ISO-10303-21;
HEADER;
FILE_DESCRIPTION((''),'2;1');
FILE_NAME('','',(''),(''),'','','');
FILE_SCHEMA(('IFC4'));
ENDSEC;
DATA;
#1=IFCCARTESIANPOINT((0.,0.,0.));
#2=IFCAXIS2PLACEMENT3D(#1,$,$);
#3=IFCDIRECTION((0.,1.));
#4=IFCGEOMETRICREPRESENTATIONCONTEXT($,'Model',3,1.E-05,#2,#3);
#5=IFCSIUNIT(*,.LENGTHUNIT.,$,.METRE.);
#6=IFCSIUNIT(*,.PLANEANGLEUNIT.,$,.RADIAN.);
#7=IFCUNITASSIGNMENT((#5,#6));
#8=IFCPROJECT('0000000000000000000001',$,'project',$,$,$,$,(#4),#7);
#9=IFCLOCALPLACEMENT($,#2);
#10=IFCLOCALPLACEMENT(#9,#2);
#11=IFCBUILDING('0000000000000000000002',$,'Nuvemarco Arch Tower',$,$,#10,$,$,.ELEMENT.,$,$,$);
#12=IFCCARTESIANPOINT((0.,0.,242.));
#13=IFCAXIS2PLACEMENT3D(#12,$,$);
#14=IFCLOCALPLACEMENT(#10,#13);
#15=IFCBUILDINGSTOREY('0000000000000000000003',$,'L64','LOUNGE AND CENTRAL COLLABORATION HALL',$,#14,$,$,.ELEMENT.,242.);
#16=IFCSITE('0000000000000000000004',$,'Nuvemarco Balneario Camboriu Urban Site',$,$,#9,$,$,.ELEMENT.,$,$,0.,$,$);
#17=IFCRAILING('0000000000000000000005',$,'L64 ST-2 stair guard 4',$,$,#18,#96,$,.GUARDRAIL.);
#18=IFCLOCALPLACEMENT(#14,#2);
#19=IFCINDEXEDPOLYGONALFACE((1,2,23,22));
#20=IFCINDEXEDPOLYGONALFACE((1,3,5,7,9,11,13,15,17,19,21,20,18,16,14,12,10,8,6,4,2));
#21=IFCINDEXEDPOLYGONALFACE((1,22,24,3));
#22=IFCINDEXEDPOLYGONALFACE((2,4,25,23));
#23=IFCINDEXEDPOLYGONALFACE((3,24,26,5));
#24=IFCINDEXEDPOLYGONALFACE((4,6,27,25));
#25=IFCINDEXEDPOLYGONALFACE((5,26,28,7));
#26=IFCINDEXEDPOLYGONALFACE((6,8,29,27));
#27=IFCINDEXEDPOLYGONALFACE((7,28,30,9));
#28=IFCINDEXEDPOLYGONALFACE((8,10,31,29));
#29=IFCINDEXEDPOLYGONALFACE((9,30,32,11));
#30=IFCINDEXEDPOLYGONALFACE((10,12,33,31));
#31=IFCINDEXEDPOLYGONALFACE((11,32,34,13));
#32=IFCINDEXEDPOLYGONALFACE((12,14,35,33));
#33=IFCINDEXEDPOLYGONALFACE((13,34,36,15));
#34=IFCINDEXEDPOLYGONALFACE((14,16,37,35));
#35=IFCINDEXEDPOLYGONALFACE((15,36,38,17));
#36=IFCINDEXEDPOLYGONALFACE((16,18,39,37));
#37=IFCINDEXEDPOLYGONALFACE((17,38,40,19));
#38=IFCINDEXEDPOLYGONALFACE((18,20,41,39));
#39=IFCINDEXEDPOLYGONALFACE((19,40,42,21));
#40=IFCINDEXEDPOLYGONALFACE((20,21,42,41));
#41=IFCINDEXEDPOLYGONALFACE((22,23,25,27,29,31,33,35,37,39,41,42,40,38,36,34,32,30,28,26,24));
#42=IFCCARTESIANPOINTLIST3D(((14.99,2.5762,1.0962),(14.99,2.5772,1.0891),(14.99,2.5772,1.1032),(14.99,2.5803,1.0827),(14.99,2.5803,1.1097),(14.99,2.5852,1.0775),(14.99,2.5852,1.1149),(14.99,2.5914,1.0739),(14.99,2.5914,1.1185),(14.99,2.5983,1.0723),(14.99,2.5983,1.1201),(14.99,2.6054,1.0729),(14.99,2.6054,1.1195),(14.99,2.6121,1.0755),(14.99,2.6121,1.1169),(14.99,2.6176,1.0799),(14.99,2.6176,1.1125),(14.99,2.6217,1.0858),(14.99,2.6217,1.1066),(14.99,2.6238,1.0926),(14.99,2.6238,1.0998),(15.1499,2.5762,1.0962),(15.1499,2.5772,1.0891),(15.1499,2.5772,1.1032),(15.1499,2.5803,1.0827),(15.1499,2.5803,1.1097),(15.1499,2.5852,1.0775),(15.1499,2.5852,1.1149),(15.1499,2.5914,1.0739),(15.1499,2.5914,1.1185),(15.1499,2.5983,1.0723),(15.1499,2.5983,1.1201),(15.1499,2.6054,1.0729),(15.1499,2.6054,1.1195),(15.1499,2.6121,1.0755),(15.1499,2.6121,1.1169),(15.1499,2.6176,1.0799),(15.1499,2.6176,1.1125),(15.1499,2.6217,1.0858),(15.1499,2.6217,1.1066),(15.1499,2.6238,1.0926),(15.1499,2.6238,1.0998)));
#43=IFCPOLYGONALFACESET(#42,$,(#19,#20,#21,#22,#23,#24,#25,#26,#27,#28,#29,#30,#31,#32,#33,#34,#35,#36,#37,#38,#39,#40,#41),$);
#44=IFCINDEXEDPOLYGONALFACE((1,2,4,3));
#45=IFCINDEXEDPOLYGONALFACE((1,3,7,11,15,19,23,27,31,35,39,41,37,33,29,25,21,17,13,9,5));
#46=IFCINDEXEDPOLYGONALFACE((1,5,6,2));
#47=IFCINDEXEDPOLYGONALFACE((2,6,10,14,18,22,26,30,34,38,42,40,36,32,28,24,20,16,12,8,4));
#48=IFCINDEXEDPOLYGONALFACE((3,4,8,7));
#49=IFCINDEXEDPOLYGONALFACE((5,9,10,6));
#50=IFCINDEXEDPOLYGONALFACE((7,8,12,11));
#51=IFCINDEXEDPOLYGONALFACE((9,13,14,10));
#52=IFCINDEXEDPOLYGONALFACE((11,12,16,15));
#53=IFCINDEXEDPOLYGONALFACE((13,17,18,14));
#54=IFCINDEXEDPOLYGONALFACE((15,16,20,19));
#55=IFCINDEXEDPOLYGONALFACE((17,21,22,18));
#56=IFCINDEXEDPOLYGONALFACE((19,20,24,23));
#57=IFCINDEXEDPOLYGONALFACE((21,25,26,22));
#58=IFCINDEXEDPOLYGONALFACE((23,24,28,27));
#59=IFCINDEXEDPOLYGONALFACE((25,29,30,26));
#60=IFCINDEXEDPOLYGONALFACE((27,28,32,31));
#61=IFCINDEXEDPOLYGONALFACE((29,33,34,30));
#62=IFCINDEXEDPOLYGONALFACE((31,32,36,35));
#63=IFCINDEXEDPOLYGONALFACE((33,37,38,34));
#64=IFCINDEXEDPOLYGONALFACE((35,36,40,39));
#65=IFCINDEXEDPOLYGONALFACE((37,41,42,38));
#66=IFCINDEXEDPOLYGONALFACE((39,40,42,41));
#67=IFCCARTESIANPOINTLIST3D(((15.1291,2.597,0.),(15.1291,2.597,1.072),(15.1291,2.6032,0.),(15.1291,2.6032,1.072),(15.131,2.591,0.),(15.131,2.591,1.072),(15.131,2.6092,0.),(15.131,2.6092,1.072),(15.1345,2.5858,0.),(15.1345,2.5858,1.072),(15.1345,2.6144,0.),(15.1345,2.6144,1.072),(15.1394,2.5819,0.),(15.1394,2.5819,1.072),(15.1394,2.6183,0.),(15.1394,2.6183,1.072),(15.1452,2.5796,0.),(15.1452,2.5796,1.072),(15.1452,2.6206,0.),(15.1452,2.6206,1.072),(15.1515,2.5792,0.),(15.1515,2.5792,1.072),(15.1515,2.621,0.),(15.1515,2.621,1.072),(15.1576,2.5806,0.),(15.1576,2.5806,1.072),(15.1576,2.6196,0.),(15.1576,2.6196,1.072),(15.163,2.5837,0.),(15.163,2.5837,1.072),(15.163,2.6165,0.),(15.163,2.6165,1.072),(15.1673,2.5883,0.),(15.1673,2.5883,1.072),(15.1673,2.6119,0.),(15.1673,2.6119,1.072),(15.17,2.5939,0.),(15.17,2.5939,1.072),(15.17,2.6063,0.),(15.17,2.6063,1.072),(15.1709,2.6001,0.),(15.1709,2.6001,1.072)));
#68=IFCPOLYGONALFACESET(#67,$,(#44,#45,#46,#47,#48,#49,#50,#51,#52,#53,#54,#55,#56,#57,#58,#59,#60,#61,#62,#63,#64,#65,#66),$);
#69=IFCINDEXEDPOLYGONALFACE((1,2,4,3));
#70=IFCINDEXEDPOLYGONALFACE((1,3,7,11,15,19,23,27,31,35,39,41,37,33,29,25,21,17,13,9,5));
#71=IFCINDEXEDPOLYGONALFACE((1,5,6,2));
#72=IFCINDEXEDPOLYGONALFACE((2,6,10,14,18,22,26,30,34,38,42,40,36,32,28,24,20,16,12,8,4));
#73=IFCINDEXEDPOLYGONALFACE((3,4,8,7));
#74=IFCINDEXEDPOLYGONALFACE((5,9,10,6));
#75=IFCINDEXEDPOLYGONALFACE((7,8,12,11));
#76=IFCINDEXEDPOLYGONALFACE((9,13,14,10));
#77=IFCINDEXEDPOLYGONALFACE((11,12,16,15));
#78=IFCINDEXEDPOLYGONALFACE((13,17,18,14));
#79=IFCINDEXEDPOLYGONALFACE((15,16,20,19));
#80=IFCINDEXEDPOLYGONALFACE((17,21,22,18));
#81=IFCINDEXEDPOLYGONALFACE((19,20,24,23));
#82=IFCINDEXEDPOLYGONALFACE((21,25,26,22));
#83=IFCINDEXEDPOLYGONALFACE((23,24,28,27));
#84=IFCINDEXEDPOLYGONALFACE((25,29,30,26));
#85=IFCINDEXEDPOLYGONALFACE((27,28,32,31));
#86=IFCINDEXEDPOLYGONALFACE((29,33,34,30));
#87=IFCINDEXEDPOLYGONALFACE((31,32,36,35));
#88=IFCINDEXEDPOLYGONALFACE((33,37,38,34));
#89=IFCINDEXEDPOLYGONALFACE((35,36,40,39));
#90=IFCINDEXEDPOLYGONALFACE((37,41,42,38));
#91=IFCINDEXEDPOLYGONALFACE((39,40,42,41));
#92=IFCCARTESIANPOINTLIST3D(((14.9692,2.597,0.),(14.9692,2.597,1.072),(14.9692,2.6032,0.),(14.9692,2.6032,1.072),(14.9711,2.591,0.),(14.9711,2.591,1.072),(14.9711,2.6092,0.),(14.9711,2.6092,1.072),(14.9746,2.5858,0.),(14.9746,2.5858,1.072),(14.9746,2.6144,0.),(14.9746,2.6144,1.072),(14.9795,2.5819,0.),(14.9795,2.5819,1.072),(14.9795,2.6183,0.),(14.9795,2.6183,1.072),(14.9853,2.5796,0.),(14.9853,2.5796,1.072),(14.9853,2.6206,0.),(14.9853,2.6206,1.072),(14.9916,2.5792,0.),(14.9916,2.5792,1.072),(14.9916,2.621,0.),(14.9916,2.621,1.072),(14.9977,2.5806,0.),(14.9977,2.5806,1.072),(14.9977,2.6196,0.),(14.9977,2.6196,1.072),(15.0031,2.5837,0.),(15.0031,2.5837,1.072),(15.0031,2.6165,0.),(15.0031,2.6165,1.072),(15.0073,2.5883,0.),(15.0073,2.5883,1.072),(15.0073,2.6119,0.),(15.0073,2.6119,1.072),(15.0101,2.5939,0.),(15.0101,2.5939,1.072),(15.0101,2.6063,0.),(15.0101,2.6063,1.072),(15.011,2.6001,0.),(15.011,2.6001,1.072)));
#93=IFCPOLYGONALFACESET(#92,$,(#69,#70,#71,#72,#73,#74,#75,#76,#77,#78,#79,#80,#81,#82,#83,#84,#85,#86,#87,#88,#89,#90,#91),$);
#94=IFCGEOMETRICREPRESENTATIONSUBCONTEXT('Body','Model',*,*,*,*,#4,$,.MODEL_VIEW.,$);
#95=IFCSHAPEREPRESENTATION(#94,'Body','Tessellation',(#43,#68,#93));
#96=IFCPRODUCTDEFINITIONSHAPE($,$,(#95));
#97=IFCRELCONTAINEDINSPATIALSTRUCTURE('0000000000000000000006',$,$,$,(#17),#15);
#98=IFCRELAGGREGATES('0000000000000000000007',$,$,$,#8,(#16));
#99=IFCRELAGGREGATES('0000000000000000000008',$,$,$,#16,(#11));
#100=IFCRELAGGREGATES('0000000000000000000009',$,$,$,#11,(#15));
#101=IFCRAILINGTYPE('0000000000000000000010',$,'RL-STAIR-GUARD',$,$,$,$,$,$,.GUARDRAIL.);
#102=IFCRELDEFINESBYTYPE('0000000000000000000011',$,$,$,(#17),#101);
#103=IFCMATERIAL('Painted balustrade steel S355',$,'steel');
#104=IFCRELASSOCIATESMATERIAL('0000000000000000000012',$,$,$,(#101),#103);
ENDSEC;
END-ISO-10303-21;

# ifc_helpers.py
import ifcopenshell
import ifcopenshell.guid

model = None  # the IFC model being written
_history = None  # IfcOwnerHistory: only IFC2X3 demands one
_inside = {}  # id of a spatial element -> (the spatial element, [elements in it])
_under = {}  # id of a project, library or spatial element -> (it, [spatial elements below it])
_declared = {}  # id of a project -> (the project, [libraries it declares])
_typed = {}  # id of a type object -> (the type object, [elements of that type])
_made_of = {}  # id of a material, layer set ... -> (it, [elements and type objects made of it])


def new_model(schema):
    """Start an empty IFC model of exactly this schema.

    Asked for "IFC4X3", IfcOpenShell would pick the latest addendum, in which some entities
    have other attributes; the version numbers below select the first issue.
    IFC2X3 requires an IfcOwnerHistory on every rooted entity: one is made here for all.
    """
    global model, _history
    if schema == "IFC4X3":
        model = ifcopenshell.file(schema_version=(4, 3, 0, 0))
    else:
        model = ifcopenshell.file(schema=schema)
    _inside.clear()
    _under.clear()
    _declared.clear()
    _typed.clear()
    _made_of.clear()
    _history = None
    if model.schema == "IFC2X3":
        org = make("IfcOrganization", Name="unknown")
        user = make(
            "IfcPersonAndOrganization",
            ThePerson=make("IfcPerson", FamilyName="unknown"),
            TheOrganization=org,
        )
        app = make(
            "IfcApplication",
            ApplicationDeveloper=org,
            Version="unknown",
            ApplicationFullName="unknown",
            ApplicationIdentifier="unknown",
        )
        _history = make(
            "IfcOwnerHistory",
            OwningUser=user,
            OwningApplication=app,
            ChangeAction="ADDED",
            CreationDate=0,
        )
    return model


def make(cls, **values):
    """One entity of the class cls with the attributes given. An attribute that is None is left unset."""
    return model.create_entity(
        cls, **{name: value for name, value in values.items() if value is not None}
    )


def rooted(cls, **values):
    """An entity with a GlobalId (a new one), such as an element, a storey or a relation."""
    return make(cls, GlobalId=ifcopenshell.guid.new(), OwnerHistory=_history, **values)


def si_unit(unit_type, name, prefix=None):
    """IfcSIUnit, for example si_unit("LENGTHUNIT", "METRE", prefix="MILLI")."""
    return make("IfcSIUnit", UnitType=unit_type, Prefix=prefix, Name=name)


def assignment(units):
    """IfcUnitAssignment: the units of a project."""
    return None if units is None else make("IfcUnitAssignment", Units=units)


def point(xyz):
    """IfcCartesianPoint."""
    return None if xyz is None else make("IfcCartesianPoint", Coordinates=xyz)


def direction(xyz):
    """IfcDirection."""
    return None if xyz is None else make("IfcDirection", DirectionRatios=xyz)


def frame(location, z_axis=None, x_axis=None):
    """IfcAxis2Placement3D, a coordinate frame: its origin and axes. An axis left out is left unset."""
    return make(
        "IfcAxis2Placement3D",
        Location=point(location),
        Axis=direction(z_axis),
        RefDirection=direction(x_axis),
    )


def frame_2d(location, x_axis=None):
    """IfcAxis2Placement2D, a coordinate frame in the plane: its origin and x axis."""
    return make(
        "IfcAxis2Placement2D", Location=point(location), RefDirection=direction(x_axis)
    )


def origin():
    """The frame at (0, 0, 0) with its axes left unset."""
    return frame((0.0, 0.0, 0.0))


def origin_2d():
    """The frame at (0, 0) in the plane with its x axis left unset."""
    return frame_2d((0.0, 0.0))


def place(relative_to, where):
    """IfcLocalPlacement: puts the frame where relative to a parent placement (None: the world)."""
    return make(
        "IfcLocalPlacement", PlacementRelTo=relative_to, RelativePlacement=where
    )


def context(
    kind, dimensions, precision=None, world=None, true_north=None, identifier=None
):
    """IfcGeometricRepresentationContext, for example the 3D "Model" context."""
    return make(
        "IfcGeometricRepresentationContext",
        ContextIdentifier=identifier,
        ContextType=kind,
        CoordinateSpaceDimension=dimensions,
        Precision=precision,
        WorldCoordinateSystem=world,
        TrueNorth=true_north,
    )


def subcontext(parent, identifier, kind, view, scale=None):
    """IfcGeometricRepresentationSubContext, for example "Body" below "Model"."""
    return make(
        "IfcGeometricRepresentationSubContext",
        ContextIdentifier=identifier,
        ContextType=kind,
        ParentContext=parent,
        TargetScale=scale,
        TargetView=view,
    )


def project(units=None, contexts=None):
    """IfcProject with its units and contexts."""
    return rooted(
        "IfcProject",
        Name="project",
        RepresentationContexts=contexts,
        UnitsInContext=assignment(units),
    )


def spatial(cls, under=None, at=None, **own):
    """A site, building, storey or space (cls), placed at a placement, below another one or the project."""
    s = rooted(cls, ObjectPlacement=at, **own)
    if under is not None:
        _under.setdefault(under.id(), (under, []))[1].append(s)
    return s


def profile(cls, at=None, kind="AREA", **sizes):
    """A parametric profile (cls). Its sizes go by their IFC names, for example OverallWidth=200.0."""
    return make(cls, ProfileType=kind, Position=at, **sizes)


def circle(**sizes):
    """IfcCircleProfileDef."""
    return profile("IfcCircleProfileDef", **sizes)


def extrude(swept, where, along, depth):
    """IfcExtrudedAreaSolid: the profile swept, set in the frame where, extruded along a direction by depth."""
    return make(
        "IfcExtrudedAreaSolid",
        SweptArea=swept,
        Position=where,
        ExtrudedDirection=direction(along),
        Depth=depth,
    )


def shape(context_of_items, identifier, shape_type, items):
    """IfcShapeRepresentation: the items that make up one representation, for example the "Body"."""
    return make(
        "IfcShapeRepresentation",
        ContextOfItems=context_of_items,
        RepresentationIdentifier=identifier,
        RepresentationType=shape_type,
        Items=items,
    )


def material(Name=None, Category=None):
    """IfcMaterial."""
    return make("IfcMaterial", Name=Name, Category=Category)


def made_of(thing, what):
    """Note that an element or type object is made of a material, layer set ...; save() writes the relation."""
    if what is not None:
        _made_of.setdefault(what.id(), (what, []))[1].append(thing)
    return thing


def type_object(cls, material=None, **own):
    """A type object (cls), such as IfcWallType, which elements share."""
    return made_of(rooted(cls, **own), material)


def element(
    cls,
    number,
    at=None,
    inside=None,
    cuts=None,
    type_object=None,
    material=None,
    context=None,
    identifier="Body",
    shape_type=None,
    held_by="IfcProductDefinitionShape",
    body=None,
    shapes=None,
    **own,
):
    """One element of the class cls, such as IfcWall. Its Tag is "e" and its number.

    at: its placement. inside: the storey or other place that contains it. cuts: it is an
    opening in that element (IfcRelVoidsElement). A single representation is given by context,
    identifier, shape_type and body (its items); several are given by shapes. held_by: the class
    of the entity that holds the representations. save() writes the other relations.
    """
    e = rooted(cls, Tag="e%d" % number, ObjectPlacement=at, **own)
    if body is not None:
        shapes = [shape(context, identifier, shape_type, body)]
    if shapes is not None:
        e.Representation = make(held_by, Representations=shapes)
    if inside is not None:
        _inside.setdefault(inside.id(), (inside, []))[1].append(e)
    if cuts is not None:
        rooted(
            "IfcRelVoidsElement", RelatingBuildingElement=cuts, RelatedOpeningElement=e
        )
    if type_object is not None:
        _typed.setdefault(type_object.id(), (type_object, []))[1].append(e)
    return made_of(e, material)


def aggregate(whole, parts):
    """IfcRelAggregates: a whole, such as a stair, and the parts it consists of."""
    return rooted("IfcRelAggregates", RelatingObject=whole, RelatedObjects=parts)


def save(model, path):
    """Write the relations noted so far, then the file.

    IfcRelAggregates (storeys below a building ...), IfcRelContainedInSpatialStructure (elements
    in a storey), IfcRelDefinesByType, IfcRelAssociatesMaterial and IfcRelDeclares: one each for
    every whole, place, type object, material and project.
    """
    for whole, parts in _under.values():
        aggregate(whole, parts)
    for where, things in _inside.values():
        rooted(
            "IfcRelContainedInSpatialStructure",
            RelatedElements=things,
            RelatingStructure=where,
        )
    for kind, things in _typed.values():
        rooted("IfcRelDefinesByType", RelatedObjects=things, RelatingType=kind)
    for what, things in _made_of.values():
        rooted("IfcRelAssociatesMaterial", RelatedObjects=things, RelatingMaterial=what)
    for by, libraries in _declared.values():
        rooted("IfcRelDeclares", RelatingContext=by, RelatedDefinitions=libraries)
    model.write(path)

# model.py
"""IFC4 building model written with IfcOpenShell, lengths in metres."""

from ifc_helpers import new_model, si_unit, direction, frame, origin, origin_2d, place, context, subcontext, project, spatial, circle, extrude, material, type_object, element, save


model = new_model("IFC4")

# Units and contexts
model_context = context("Model", 3, precision=1e-05, world=origin(), true_north=direction((0.0, 1.0)))
body_context = subcontext(model_context, "Body", "Model", "MODEL_VIEW")
ifc_project = project(units=[si_unit("LENGTHUNIT", "METRE"), si_unit("PLANEANGLEUNIT", "RADIAN")], contexts=[model_context])

# Site, building, storey
site_placement = place(None, origin())
site = spatial("IfcSite", under=ifc_project, at=site_placement, Name="Nuvemarco Balneario Camboriu Urban Site", CompositionType="ELEMENT", RefElevation=0.0)
building_placement = place(site_placement, origin())
building = spatial("IfcBuilding", under=site, at=building_placement, Name="Nuvemarco Arch Tower", CompositionType="ELEMENT")
storey_placement = place(building_placement, frame((0.0, 0.0, 242.0)))
storey = spatial("IfcBuildingStorey", under=building, at=storey_placement, Name="L64", Description="LOUNGE AND CENTRAL COLLABORATION HALL", CompositionType="ELEMENT", Elevation=242.0)

# Railing
ifc_material_1 = material(Name="Painted balustrade steel S355", Category="steel")
railing_type_1 = type_object("IfcRailingType", Name="RL-STAIR-GUARD", PredefinedType="GUARDRAIL", material=ifc_material_1)
railing_1_placement = place(storey_placement, frame((15.1499, 2.6001, 0.0)))
element("IfcRailing", 1, at=railing_1_placement, inside=storey, type_object=railing_type_1, Name="L64 ST-2 stair guard 4", PredefinedType="GUARDRAIL", context=body_context, shape_type="SweptSolid", body=[
    extrude(circle(Radius=0.0239, at=origin_2d()), frame((0.0, 0.0, 1.0962), z_axis=(-1.0, 0.0, 0.0), x_axis=(0.0, -1.0, 0.0)), (0.0, 0.0, 1.0), 0.1599),
    extrude(circle(Radius=0.021, at=origin_2d()), origin(), (0.0, 0.0, 1.0), 1.072),
    extrude(circle(Radius=0.021, at=origin_2d()), frame((-0.1599, 0.0, 0.0)), (0.0, 0.0, 1.0), 1.072),
])

save(model, "model.ifc")
